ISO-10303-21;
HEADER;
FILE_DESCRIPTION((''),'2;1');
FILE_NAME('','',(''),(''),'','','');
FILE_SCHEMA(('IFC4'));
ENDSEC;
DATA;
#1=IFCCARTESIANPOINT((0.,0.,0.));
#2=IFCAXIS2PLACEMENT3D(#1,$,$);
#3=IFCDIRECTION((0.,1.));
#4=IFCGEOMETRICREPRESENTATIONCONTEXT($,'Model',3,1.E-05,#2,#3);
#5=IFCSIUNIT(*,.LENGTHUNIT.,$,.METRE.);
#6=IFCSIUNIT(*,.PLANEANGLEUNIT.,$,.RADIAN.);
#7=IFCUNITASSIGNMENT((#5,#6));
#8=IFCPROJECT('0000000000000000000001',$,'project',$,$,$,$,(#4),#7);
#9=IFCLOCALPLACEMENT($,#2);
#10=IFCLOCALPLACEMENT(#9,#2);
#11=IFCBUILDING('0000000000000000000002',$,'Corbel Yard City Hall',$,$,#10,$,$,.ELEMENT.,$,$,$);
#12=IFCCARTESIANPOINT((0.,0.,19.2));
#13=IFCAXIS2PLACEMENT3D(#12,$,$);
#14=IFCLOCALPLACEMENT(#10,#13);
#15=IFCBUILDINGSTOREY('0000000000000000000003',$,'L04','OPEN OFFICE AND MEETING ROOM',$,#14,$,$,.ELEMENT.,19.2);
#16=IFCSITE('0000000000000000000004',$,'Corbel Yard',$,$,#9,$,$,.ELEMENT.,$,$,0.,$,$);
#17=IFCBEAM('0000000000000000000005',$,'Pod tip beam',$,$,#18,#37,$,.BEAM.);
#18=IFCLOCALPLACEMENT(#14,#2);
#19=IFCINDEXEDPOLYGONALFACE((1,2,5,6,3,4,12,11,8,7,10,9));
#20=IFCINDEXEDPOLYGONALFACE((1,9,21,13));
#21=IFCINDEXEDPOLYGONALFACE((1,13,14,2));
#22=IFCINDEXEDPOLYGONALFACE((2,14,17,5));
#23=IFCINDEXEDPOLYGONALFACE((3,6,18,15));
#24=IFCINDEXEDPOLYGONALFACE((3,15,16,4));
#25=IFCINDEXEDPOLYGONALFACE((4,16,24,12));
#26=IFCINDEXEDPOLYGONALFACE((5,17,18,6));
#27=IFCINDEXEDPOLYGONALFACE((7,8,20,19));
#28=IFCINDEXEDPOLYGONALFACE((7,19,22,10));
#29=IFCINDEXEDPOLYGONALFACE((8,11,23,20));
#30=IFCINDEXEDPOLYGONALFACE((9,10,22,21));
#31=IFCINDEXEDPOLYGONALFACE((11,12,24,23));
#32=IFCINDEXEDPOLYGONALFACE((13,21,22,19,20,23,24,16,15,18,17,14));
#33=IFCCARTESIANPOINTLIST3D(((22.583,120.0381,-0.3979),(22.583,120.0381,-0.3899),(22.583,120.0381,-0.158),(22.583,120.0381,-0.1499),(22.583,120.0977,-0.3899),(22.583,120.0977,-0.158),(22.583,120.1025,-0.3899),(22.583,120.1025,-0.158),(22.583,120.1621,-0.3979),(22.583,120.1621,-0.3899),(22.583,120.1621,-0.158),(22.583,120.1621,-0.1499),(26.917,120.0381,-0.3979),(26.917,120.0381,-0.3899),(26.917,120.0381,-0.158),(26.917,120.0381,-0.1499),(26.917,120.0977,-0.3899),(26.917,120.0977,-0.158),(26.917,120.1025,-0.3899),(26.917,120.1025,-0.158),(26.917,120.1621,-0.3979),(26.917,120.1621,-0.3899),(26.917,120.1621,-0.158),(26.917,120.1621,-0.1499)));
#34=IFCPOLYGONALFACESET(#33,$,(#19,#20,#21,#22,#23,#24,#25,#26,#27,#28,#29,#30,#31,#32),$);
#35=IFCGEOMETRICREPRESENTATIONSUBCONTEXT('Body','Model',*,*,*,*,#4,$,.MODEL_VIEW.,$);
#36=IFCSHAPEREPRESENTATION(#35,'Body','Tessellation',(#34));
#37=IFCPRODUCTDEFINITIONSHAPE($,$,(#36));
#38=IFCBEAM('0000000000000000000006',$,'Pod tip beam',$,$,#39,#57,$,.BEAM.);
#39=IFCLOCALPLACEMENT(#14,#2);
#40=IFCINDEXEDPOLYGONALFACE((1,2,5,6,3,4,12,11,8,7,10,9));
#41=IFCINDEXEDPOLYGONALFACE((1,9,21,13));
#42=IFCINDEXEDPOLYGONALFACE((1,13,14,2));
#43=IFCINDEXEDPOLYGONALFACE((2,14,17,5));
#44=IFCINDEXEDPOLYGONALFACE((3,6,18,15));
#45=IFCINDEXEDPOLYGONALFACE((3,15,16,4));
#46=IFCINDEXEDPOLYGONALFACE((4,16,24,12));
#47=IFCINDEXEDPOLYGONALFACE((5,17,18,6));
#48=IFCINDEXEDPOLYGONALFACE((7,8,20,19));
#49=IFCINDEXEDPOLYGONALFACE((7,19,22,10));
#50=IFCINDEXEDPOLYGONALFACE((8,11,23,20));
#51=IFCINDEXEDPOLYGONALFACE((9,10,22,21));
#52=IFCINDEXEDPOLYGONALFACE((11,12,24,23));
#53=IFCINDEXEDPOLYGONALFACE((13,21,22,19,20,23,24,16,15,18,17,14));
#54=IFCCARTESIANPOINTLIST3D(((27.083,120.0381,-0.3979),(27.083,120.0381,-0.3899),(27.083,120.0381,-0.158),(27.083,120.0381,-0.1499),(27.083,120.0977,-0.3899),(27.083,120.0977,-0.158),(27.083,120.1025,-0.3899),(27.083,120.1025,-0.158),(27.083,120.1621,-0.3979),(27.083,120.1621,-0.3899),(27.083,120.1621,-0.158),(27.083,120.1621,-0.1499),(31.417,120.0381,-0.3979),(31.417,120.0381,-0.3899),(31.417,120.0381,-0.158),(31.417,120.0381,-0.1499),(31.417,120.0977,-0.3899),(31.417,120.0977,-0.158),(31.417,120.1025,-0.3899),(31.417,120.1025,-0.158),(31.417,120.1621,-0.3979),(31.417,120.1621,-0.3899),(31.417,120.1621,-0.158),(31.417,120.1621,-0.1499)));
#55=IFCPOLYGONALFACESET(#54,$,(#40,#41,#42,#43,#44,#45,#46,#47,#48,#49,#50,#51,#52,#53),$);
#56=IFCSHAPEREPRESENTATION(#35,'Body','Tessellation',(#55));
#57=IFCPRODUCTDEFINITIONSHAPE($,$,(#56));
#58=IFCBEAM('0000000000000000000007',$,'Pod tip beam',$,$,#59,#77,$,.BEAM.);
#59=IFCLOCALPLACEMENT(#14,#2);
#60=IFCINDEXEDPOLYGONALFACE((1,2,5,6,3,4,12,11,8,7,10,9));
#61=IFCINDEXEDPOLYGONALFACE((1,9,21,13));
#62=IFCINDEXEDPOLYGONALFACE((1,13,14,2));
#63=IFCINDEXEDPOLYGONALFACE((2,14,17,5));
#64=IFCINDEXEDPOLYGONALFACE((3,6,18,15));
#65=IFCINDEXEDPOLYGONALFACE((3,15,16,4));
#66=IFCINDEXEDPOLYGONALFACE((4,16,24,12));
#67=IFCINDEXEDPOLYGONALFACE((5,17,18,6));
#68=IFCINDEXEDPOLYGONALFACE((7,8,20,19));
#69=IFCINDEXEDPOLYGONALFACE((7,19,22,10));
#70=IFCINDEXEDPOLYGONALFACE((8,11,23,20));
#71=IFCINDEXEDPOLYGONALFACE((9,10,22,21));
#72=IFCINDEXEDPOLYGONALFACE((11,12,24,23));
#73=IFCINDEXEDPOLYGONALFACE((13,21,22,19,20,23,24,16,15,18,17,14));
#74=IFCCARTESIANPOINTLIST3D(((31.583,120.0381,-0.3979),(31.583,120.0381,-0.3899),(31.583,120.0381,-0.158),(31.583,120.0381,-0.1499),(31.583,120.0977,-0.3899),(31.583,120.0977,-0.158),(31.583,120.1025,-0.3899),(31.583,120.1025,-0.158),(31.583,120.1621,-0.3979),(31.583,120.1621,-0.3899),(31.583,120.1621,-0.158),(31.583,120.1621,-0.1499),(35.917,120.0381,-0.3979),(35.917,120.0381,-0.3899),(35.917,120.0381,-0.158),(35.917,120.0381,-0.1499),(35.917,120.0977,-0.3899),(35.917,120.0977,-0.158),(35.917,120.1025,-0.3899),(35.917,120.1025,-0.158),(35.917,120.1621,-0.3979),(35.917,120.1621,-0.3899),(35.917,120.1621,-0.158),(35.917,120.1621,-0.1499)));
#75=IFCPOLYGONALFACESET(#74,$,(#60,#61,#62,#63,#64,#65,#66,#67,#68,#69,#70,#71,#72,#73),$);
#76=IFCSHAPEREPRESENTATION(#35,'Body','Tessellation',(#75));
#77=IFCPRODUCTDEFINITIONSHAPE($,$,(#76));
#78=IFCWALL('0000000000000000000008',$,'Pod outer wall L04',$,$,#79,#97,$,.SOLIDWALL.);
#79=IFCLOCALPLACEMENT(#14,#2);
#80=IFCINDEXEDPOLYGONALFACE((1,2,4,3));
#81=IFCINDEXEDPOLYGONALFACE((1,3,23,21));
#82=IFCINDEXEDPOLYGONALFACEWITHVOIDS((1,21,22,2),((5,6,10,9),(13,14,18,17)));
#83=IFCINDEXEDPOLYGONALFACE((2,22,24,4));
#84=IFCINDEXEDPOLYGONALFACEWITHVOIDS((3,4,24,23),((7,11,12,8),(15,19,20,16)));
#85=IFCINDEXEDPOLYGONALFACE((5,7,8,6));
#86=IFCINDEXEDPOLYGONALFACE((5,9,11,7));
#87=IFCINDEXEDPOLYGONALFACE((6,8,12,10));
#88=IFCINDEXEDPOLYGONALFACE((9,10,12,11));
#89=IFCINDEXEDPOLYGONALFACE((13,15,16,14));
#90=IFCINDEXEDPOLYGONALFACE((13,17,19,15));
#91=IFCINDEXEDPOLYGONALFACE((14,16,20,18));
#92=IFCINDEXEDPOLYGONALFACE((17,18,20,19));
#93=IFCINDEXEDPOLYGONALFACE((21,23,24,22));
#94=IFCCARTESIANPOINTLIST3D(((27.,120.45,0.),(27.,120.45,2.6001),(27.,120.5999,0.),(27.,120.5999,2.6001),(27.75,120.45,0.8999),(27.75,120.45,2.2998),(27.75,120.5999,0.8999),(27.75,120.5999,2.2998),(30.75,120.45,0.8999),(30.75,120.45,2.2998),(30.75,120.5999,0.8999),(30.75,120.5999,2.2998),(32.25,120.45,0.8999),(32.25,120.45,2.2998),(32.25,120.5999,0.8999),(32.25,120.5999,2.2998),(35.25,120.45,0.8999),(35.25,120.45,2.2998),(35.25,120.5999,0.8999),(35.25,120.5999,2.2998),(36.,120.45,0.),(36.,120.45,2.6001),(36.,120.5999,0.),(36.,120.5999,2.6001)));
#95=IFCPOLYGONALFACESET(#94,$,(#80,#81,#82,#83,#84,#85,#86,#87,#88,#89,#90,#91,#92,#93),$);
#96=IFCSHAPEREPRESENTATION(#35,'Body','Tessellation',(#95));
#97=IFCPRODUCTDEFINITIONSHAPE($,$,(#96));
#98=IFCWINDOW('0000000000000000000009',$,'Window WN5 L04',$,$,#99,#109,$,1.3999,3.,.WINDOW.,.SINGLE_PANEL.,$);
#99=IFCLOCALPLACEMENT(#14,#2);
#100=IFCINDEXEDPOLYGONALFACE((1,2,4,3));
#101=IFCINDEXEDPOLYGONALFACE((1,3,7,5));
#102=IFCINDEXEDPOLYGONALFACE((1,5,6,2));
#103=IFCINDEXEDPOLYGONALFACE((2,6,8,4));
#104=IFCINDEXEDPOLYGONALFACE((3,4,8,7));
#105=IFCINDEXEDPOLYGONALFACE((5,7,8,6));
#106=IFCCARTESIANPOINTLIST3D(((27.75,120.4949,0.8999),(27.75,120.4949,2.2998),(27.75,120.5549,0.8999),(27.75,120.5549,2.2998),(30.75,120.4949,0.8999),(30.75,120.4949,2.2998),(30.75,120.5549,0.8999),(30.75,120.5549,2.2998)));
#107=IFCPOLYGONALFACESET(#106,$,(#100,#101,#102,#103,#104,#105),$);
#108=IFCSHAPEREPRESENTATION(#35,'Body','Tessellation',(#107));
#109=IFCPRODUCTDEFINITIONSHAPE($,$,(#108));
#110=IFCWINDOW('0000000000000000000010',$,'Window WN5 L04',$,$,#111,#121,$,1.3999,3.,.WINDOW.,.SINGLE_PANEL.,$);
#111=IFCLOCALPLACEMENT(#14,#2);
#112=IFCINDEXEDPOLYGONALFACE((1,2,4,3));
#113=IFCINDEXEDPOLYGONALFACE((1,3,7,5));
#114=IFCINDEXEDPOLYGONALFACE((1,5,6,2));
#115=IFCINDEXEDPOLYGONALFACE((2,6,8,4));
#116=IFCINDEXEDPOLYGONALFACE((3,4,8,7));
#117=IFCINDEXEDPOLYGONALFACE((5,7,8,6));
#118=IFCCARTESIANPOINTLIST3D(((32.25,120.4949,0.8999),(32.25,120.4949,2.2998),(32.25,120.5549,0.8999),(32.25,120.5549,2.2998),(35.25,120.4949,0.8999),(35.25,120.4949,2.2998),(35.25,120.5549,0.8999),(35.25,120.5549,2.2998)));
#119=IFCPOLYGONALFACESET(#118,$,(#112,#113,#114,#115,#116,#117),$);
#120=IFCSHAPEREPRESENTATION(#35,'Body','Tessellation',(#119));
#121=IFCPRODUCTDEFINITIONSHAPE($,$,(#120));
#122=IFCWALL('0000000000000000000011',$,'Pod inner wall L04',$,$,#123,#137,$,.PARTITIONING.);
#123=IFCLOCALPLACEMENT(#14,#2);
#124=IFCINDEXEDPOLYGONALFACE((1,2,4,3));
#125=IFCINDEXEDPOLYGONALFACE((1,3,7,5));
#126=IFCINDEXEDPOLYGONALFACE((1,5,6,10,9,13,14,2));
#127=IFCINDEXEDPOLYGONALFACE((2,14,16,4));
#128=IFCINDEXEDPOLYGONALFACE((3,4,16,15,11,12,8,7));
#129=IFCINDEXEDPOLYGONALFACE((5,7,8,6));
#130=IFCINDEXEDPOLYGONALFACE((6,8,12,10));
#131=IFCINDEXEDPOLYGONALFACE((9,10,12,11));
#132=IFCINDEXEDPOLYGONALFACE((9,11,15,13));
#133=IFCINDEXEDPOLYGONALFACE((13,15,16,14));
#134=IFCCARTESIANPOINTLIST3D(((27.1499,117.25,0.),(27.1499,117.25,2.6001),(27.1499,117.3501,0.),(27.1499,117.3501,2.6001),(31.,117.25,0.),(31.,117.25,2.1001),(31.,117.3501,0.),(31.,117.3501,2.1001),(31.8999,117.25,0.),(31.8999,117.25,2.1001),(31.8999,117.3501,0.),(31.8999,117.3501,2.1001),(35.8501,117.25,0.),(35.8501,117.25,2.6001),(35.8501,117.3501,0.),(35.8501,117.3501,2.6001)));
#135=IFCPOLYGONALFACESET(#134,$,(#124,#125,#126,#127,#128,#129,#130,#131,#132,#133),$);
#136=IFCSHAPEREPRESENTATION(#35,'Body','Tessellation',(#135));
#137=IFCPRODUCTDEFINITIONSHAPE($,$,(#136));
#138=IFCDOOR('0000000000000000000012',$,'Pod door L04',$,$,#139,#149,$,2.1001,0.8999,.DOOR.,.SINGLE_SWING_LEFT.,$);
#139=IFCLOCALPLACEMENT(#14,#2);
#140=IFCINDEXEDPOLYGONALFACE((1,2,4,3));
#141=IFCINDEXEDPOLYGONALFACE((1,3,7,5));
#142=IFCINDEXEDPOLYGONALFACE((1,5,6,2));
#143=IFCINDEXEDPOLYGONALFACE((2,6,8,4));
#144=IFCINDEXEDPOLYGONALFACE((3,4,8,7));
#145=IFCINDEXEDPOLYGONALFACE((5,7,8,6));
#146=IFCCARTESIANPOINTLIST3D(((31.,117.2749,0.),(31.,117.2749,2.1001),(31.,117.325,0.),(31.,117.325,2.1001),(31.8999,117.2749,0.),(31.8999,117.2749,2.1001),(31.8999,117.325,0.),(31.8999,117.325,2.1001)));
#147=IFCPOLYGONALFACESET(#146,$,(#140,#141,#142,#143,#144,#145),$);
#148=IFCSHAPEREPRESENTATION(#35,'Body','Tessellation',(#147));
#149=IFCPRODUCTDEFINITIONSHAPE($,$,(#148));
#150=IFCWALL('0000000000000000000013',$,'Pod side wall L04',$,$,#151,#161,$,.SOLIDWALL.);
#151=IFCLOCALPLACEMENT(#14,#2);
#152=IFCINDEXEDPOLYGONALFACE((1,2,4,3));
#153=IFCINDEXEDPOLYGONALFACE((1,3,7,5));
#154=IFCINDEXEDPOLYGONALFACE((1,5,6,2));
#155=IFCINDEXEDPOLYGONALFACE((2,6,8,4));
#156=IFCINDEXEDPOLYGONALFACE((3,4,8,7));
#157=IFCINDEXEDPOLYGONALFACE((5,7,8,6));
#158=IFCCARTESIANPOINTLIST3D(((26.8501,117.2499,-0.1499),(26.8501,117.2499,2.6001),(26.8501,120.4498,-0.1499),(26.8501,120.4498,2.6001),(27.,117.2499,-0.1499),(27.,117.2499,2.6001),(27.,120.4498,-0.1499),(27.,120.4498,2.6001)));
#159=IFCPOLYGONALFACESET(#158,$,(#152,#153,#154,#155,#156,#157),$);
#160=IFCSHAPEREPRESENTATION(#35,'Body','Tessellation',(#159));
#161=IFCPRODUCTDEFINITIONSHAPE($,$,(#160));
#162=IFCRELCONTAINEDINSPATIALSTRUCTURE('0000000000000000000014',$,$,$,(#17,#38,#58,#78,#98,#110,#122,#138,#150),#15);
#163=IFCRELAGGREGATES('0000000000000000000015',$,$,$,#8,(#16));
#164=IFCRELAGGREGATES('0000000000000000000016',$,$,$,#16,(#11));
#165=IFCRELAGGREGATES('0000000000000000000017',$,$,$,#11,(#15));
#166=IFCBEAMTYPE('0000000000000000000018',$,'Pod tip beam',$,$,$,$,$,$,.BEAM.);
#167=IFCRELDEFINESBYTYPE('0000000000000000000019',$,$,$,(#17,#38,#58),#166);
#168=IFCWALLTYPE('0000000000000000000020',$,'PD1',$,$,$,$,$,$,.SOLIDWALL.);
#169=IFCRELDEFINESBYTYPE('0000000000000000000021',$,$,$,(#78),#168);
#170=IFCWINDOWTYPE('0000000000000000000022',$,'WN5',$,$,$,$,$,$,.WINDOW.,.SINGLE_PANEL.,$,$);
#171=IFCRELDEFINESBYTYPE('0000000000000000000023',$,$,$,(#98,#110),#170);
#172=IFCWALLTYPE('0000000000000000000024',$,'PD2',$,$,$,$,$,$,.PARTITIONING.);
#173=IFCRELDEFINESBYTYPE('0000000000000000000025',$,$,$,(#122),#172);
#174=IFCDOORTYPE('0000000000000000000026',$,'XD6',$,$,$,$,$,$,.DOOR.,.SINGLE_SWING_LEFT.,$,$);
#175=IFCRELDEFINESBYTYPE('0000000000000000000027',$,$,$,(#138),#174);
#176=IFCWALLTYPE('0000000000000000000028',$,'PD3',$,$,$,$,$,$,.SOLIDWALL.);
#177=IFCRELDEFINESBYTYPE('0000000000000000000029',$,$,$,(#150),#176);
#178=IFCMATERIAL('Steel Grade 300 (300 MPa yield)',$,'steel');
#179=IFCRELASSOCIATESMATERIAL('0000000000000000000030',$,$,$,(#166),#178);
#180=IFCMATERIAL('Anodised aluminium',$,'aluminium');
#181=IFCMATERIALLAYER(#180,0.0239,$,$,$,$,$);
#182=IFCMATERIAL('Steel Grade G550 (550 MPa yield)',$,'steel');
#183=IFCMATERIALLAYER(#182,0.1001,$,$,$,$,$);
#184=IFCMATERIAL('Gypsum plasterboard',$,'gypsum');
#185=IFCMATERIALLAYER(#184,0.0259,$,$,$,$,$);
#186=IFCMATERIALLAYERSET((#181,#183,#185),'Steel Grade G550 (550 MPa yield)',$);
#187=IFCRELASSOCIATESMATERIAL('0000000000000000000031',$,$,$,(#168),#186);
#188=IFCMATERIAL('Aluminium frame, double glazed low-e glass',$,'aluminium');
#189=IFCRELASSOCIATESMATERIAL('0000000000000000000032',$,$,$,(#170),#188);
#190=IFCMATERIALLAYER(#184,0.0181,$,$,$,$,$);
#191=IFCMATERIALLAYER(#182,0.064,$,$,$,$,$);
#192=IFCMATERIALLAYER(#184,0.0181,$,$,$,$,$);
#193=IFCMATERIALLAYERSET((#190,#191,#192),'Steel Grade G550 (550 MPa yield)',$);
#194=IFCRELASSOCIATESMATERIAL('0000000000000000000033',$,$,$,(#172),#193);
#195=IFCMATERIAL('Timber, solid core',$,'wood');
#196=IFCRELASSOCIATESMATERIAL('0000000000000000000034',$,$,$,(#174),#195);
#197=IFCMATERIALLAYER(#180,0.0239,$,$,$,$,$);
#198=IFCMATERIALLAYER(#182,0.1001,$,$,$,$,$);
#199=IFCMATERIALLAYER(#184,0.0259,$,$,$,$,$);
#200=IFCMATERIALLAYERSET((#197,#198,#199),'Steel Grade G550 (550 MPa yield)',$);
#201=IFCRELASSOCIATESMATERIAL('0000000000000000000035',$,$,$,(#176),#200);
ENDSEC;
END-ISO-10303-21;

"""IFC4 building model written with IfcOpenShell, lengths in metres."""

from ifc_helpers import new_model, si_unit, direction, frame, frame_2d, origin, origin_2d, place, context, subcontext, project, spatial, rectangle, i_section, extrude, material, layer, layer_set, material_profile, profile_set, type_object, element, fill, save


model = new_model("IFC4")

# Units and contexts
model_context = context("Model", 3, precision=1e-05, world=origin(), true_north=direction((0.0, 1.0)))
body_context = subcontext(model_context, "Body", "Model", "MODEL_VIEW")
ifc_project = project(units=[si_unit("LENGTHUNIT", "METRE"), si_unit("PLANEANGLEUNIT", "RADIAN")], contexts=[model_context])

# Site, building, storey
site_placement = place(None, origin())
site = spatial("IfcSite", under=ifc_project, at=site_placement, Name="Corbel Yard", CompositionType="ELEMENT", RefElevation=0.0)
building_placement = place(site_placement, origin())
building = spatial("IfcBuilding", under=site, at=building_placement, Name="Corbel Yard City Hall", CompositionType="ELEMENT")
storey_placement = place(building_placement, frame((0.0, 0.0, 19.2)))
storey = spatial("IfcBuildingStorey", under=building, at=storey_placement, Name="L04", Description="OPEN OFFICE AND MEETING ROOM", CompositionType="ELEMENT", Elevation=19.2)

# Beams
ifc_material_1 = material(Name="Steel Grade 300 (300 MPa yield)", Category="steel")
ifc_material_profile_1 = material_profile(ifc_material_1, i_section(OverallWidth=0.124, OverallDepth=0.248, WebThickness=0.0049, FlangeThickness=0.0081, at=origin_2d()), Name="250UB25.7")
ifc_profile_set_1 = profile_set([ifc_material_profile_1], Name="Steel Grade 300 (300 MPa yield)")
beam_type_1 = type_object("IfcBeamType", Name="Pod tip beam", PredefinedType="BEAM", material=ifc_profile_set_1)
for number, where, z_axis, x_axis, name in (
    (1, (22.583, 120.1001, -0.2739), (1.0, 0.0, 0.0), (0.0, 1.0, 0.0), "Pod tip beam"),
    (2, (27.083, 120.1001, -0.2739), (1.0, 0.0, 0.0), (0.0, 1.0, 0.0), "Pod tip beam"),
    (3, (31.583, 120.1001, -0.2739), (1.0, 0.0, 0.0), (0.0, 1.0, 0.0), "Pod tip beam"),
):
    element("IfcBeam", number, at=place(storey_placement, frame(where, z_axis=z_axis, x_axis=x_axis)), inside=storey, type_object=beam_type_1, Name=name, PredefinedType="BEAM", context=body_context, shape_type="SweptSolid", body=[
        extrude(i_section(OverallWidth=0.124, OverallDepth=0.248, WebThickness=0.0049, FlangeThickness=0.0081, at=origin_2d()), origin(), (0.0, 0.0, 1.0), 4.334),
    ])

# Wall, openings, windows
ifc_material_2 = material(Name="Anodised aluminium", Category="aluminium")
ifc_layer_1 = layer(ifc_material_2, 0.0239)
ifc_material_3 = material(Name="Steel Grade G550 (550 MPa yield)", Category="steel")
ifc_layer_2 = layer(ifc_material_3, 0.1001)
ifc_material_4 = material(Name="Gypsum plasterboard", Category="gypsum")
ifc_layer_3 = layer(ifc_material_4, 0.0259)
ifc_layer_set_1 = layer_set([ifc_layer_1, ifc_layer_2, ifc_layer_3], Name="Steel Grade G550 (550 MPa yield)")
wall_type_1 = type_object("IfcWallType", Name="PD1", PredefinedType="SOLIDWALL", material=ifc_layer_set_1)
wall_1_placement = place(storey_placement, frame((27.0, 120.5249, 0.0), z_axis=(0.0, 0.0, 1.0), x_axis=(1.0, 0.0, 0.0)))
wall_1 = element("IfcWall", 4, at=wall_1_placement, inside=storey, type_object=wall_type_1, Name="Pod outer wall L04", PredefinedType="SOLIDWALL", context=body_context, shape_type="SweptSolid", body=[
    extrude(rectangle(XDim=9.0, YDim=0.1499, at=frame_2d((4.5, 0.0))), origin(), (0.0, 0.0, 1.0), 2.6001),
])
opening_1_placement = place(wall_1_placement, frame((0.75, 0.0, 0.8999)))
opening_1 = element("IfcOpeningElement", 5, at=opening_1_placement, cuts=wall_1, PredefinedType="OPENING", context=body_context, shape_type="SweptSolid", body=[
    extrude(rectangle(XDim=3.0, YDim=1.3999, at=frame_2d((1.5, 0.7))), frame((0.0, 0.085, 0.0), z_axis=(0.0, -1.0, 0.0), x_axis=(1.0, 0.0, 0.0)), (0.0, 0.0, 1.0), 0.1699),
])
opening_2_placement = place(wall_1_placement, frame((5.25, 0.0, 0.8999)))
opening_2 = element("IfcOpeningElement", 6, at=opening_2_placement, cuts=wall_1, PredefinedType="OPENING", context=body_context, shape_type="SweptSolid", body=[
    extrude(rectangle(XDim=3.0, YDim=1.3999, at=frame_2d((1.5, 0.7))), frame((0.0, 0.085, 0.0), z_axis=(0.0, -1.0, 0.0), x_axis=(1.0, 0.0, 0.0)), (0.0, 0.0, 1.0), 0.1699),
])
ifc_material_5 = material(Name="Aluminium frame, double glazed low-e glass", Category="aluminium")
window_type_1 = type_object("IfcWindowType", Name="WN5", PartitioningType="SINGLE_PANEL", PredefinedType="WINDOW", material=ifc_material_5)
window_1_placement = place(opening_1_placement, origin())
window_1 = element("IfcWindow", 7, at=window_1_placement, inside=storey, type_object=window_type_1, Name="Window WN5 L04", OverallHeight=1.3999, OverallWidth=3.0, PartitioningType="SINGLE_PANEL", PredefinedType="WINDOW", context=body_context, shape_type="SweptSolid", body=[
    extrude(rectangle(XDim=3.0, YDim=1.3999, at=frame_2d((1.5, 0.7))), frame((0.0, 0.03, 0.0), z_axis=(0.0, -1.0, 0.0), x_axis=(1.0, 0.0, 0.0)), (0.0, 0.0, 1.0), 0.0601),
])
fill(opening_1, window_1)
window_2_placement = place(opening_2_placement, origin())
window_2 = element("IfcWindow", 8, at=window_2_placement, inside=storey, type_object=window_type_1, Name="Window WN5 L04", OverallHeight=1.3999, OverallWidth=3.0, PartitioningType="SINGLE_PANEL", PredefinedType="WINDOW", context=body_context, shape_type="SweptSolid", body=[
    extrude(rectangle(XDim=3.0, YDim=1.3999, at=frame_2d((1.5, 0.7))), frame((0.0, 0.03, 0.0), z_axis=(0.0, -1.0, 0.0), x_axis=(1.0, 0.0, 0.0)), (0.0, 0.0, 1.0), 0.0601),
])
fill(opening_2, window_2)

# Wall, opening, door
ifc_layer_4 = layer(ifc_material_4, 0.0181)
ifc_layer_5 = layer(ifc_material_3, 0.064)
ifc_layer_6 = layer(ifc_material_4, 0.0181)
ifc_layer_set_2 = layer_set([ifc_layer_4, ifc_layer_5, ifc_layer_6], Name="Steel Grade G550 (550 MPa yield)")
wall_type_2 = type_object("IfcWallType", Name="PD2", PredefinedType="PARTITIONING", material=ifc_layer_set_2)
wall_2_placement = place(storey_placement, frame((27.1499, 117.3, 0.0), z_axis=(0.0, 0.0, 1.0), x_axis=(1.0, 0.0, 0.0)))
wall_2 = element("IfcWall", 9, at=wall_2_placement, inside=storey, type_object=wall_type_2, Name="Pod inner wall L04", PredefinedType="PARTITIONING", context=body_context, shape_type="SweptSolid", body=[
    extrude(rectangle(XDim=8.7002, YDim=0.1001, at=frame_2d((4.3501, 0.0))), origin(), (0.0, 0.0, 1.0), 2.6001),
])
opening_3_placement = place(wall_2_placement, frame((3.8501, 0.0, 0.0)))
opening_3 = element("IfcOpeningElement", 10, at=opening_3_placement, cuts=wall_2, PredefinedType="OPENING", context=body_context, shape_type="SweptSolid", body=[
    extrude(rectangle(XDim=0.8999, YDim=2.1001, at=frame_2d((0.45, 1.05))), frame((0.0, 0.0601, 0.0), z_axis=(0.0, -1.0, 0.0), x_axis=(1.0, 0.0, 0.0)), (0.0, 0.0, 1.0), 0.1201),
])
ifc_material_6 = material(Name="Timber, solid core", Category="wood")
door_type = type_object("IfcDoorType", Name="XD6", OperationType="SINGLE_SWING_LEFT", PredefinedType="DOOR", material=ifc_material_6)
door_placement = place(opening_3_placement, origin())
door = element("IfcDoor", 11, at=door_placement, inside=storey, type_object=door_type, Name="Pod door L04", OperationType="SINGLE_SWING_LEFT", OverallHeight=2.1001, OverallWidth=0.8999, PredefinedType="DOOR", context=body_context, shape_type="SweptSolid", body=[
    extrude(rectangle(XDim=0.8999, YDim=2.1001, at=frame_2d((0.45, 1.05))), frame((0.0, 0.0249, 0.0), z_axis=(0.0, -1.0, 0.0), x_axis=(1.0, 0.0, 0.0)), (0.0, 0.0, 1.0), 0.05),
])
fill(opening_3, door)

# Wall
ifc_layer_7 = layer(ifc_material_2, 0.0239)
ifc_layer_8 = layer(ifc_material_3, 0.1001)
ifc_layer_9 = layer(ifc_material_4, 0.0259)
ifc_layer_set_3 = layer_set([ifc_layer_7, ifc_layer_8, ifc_layer_9], Name="Steel Grade G550 (550 MPa yield)")
wall_type_3 = type_object("IfcWallType", Name="PD3", PredefinedType="SOLIDWALL", material=ifc_layer_set_3)
wall_3_placement = place(storey_placement, frame((26.925, 120.45, -0.1499), z_axis=(0.0, 0.0, 1.0), x_axis=(0.0, -1.0, 0.0)))
element("IfcWall", 12, at=wall_3_placement, inside=storey, type_object=wall_type_3, Name="Pod side wall L04", PredefinedType="SOLIDWALL", context=body_context, shape_type="SweptSolid", body=[
    extrude(rectangle(XDim=3.2, YDim=0.1499, at=frame_2d((1.6001, 0.0))), origin(), (0.0, 0.0, 1.0), 2.75),
])

save(model, "model.ifc")
